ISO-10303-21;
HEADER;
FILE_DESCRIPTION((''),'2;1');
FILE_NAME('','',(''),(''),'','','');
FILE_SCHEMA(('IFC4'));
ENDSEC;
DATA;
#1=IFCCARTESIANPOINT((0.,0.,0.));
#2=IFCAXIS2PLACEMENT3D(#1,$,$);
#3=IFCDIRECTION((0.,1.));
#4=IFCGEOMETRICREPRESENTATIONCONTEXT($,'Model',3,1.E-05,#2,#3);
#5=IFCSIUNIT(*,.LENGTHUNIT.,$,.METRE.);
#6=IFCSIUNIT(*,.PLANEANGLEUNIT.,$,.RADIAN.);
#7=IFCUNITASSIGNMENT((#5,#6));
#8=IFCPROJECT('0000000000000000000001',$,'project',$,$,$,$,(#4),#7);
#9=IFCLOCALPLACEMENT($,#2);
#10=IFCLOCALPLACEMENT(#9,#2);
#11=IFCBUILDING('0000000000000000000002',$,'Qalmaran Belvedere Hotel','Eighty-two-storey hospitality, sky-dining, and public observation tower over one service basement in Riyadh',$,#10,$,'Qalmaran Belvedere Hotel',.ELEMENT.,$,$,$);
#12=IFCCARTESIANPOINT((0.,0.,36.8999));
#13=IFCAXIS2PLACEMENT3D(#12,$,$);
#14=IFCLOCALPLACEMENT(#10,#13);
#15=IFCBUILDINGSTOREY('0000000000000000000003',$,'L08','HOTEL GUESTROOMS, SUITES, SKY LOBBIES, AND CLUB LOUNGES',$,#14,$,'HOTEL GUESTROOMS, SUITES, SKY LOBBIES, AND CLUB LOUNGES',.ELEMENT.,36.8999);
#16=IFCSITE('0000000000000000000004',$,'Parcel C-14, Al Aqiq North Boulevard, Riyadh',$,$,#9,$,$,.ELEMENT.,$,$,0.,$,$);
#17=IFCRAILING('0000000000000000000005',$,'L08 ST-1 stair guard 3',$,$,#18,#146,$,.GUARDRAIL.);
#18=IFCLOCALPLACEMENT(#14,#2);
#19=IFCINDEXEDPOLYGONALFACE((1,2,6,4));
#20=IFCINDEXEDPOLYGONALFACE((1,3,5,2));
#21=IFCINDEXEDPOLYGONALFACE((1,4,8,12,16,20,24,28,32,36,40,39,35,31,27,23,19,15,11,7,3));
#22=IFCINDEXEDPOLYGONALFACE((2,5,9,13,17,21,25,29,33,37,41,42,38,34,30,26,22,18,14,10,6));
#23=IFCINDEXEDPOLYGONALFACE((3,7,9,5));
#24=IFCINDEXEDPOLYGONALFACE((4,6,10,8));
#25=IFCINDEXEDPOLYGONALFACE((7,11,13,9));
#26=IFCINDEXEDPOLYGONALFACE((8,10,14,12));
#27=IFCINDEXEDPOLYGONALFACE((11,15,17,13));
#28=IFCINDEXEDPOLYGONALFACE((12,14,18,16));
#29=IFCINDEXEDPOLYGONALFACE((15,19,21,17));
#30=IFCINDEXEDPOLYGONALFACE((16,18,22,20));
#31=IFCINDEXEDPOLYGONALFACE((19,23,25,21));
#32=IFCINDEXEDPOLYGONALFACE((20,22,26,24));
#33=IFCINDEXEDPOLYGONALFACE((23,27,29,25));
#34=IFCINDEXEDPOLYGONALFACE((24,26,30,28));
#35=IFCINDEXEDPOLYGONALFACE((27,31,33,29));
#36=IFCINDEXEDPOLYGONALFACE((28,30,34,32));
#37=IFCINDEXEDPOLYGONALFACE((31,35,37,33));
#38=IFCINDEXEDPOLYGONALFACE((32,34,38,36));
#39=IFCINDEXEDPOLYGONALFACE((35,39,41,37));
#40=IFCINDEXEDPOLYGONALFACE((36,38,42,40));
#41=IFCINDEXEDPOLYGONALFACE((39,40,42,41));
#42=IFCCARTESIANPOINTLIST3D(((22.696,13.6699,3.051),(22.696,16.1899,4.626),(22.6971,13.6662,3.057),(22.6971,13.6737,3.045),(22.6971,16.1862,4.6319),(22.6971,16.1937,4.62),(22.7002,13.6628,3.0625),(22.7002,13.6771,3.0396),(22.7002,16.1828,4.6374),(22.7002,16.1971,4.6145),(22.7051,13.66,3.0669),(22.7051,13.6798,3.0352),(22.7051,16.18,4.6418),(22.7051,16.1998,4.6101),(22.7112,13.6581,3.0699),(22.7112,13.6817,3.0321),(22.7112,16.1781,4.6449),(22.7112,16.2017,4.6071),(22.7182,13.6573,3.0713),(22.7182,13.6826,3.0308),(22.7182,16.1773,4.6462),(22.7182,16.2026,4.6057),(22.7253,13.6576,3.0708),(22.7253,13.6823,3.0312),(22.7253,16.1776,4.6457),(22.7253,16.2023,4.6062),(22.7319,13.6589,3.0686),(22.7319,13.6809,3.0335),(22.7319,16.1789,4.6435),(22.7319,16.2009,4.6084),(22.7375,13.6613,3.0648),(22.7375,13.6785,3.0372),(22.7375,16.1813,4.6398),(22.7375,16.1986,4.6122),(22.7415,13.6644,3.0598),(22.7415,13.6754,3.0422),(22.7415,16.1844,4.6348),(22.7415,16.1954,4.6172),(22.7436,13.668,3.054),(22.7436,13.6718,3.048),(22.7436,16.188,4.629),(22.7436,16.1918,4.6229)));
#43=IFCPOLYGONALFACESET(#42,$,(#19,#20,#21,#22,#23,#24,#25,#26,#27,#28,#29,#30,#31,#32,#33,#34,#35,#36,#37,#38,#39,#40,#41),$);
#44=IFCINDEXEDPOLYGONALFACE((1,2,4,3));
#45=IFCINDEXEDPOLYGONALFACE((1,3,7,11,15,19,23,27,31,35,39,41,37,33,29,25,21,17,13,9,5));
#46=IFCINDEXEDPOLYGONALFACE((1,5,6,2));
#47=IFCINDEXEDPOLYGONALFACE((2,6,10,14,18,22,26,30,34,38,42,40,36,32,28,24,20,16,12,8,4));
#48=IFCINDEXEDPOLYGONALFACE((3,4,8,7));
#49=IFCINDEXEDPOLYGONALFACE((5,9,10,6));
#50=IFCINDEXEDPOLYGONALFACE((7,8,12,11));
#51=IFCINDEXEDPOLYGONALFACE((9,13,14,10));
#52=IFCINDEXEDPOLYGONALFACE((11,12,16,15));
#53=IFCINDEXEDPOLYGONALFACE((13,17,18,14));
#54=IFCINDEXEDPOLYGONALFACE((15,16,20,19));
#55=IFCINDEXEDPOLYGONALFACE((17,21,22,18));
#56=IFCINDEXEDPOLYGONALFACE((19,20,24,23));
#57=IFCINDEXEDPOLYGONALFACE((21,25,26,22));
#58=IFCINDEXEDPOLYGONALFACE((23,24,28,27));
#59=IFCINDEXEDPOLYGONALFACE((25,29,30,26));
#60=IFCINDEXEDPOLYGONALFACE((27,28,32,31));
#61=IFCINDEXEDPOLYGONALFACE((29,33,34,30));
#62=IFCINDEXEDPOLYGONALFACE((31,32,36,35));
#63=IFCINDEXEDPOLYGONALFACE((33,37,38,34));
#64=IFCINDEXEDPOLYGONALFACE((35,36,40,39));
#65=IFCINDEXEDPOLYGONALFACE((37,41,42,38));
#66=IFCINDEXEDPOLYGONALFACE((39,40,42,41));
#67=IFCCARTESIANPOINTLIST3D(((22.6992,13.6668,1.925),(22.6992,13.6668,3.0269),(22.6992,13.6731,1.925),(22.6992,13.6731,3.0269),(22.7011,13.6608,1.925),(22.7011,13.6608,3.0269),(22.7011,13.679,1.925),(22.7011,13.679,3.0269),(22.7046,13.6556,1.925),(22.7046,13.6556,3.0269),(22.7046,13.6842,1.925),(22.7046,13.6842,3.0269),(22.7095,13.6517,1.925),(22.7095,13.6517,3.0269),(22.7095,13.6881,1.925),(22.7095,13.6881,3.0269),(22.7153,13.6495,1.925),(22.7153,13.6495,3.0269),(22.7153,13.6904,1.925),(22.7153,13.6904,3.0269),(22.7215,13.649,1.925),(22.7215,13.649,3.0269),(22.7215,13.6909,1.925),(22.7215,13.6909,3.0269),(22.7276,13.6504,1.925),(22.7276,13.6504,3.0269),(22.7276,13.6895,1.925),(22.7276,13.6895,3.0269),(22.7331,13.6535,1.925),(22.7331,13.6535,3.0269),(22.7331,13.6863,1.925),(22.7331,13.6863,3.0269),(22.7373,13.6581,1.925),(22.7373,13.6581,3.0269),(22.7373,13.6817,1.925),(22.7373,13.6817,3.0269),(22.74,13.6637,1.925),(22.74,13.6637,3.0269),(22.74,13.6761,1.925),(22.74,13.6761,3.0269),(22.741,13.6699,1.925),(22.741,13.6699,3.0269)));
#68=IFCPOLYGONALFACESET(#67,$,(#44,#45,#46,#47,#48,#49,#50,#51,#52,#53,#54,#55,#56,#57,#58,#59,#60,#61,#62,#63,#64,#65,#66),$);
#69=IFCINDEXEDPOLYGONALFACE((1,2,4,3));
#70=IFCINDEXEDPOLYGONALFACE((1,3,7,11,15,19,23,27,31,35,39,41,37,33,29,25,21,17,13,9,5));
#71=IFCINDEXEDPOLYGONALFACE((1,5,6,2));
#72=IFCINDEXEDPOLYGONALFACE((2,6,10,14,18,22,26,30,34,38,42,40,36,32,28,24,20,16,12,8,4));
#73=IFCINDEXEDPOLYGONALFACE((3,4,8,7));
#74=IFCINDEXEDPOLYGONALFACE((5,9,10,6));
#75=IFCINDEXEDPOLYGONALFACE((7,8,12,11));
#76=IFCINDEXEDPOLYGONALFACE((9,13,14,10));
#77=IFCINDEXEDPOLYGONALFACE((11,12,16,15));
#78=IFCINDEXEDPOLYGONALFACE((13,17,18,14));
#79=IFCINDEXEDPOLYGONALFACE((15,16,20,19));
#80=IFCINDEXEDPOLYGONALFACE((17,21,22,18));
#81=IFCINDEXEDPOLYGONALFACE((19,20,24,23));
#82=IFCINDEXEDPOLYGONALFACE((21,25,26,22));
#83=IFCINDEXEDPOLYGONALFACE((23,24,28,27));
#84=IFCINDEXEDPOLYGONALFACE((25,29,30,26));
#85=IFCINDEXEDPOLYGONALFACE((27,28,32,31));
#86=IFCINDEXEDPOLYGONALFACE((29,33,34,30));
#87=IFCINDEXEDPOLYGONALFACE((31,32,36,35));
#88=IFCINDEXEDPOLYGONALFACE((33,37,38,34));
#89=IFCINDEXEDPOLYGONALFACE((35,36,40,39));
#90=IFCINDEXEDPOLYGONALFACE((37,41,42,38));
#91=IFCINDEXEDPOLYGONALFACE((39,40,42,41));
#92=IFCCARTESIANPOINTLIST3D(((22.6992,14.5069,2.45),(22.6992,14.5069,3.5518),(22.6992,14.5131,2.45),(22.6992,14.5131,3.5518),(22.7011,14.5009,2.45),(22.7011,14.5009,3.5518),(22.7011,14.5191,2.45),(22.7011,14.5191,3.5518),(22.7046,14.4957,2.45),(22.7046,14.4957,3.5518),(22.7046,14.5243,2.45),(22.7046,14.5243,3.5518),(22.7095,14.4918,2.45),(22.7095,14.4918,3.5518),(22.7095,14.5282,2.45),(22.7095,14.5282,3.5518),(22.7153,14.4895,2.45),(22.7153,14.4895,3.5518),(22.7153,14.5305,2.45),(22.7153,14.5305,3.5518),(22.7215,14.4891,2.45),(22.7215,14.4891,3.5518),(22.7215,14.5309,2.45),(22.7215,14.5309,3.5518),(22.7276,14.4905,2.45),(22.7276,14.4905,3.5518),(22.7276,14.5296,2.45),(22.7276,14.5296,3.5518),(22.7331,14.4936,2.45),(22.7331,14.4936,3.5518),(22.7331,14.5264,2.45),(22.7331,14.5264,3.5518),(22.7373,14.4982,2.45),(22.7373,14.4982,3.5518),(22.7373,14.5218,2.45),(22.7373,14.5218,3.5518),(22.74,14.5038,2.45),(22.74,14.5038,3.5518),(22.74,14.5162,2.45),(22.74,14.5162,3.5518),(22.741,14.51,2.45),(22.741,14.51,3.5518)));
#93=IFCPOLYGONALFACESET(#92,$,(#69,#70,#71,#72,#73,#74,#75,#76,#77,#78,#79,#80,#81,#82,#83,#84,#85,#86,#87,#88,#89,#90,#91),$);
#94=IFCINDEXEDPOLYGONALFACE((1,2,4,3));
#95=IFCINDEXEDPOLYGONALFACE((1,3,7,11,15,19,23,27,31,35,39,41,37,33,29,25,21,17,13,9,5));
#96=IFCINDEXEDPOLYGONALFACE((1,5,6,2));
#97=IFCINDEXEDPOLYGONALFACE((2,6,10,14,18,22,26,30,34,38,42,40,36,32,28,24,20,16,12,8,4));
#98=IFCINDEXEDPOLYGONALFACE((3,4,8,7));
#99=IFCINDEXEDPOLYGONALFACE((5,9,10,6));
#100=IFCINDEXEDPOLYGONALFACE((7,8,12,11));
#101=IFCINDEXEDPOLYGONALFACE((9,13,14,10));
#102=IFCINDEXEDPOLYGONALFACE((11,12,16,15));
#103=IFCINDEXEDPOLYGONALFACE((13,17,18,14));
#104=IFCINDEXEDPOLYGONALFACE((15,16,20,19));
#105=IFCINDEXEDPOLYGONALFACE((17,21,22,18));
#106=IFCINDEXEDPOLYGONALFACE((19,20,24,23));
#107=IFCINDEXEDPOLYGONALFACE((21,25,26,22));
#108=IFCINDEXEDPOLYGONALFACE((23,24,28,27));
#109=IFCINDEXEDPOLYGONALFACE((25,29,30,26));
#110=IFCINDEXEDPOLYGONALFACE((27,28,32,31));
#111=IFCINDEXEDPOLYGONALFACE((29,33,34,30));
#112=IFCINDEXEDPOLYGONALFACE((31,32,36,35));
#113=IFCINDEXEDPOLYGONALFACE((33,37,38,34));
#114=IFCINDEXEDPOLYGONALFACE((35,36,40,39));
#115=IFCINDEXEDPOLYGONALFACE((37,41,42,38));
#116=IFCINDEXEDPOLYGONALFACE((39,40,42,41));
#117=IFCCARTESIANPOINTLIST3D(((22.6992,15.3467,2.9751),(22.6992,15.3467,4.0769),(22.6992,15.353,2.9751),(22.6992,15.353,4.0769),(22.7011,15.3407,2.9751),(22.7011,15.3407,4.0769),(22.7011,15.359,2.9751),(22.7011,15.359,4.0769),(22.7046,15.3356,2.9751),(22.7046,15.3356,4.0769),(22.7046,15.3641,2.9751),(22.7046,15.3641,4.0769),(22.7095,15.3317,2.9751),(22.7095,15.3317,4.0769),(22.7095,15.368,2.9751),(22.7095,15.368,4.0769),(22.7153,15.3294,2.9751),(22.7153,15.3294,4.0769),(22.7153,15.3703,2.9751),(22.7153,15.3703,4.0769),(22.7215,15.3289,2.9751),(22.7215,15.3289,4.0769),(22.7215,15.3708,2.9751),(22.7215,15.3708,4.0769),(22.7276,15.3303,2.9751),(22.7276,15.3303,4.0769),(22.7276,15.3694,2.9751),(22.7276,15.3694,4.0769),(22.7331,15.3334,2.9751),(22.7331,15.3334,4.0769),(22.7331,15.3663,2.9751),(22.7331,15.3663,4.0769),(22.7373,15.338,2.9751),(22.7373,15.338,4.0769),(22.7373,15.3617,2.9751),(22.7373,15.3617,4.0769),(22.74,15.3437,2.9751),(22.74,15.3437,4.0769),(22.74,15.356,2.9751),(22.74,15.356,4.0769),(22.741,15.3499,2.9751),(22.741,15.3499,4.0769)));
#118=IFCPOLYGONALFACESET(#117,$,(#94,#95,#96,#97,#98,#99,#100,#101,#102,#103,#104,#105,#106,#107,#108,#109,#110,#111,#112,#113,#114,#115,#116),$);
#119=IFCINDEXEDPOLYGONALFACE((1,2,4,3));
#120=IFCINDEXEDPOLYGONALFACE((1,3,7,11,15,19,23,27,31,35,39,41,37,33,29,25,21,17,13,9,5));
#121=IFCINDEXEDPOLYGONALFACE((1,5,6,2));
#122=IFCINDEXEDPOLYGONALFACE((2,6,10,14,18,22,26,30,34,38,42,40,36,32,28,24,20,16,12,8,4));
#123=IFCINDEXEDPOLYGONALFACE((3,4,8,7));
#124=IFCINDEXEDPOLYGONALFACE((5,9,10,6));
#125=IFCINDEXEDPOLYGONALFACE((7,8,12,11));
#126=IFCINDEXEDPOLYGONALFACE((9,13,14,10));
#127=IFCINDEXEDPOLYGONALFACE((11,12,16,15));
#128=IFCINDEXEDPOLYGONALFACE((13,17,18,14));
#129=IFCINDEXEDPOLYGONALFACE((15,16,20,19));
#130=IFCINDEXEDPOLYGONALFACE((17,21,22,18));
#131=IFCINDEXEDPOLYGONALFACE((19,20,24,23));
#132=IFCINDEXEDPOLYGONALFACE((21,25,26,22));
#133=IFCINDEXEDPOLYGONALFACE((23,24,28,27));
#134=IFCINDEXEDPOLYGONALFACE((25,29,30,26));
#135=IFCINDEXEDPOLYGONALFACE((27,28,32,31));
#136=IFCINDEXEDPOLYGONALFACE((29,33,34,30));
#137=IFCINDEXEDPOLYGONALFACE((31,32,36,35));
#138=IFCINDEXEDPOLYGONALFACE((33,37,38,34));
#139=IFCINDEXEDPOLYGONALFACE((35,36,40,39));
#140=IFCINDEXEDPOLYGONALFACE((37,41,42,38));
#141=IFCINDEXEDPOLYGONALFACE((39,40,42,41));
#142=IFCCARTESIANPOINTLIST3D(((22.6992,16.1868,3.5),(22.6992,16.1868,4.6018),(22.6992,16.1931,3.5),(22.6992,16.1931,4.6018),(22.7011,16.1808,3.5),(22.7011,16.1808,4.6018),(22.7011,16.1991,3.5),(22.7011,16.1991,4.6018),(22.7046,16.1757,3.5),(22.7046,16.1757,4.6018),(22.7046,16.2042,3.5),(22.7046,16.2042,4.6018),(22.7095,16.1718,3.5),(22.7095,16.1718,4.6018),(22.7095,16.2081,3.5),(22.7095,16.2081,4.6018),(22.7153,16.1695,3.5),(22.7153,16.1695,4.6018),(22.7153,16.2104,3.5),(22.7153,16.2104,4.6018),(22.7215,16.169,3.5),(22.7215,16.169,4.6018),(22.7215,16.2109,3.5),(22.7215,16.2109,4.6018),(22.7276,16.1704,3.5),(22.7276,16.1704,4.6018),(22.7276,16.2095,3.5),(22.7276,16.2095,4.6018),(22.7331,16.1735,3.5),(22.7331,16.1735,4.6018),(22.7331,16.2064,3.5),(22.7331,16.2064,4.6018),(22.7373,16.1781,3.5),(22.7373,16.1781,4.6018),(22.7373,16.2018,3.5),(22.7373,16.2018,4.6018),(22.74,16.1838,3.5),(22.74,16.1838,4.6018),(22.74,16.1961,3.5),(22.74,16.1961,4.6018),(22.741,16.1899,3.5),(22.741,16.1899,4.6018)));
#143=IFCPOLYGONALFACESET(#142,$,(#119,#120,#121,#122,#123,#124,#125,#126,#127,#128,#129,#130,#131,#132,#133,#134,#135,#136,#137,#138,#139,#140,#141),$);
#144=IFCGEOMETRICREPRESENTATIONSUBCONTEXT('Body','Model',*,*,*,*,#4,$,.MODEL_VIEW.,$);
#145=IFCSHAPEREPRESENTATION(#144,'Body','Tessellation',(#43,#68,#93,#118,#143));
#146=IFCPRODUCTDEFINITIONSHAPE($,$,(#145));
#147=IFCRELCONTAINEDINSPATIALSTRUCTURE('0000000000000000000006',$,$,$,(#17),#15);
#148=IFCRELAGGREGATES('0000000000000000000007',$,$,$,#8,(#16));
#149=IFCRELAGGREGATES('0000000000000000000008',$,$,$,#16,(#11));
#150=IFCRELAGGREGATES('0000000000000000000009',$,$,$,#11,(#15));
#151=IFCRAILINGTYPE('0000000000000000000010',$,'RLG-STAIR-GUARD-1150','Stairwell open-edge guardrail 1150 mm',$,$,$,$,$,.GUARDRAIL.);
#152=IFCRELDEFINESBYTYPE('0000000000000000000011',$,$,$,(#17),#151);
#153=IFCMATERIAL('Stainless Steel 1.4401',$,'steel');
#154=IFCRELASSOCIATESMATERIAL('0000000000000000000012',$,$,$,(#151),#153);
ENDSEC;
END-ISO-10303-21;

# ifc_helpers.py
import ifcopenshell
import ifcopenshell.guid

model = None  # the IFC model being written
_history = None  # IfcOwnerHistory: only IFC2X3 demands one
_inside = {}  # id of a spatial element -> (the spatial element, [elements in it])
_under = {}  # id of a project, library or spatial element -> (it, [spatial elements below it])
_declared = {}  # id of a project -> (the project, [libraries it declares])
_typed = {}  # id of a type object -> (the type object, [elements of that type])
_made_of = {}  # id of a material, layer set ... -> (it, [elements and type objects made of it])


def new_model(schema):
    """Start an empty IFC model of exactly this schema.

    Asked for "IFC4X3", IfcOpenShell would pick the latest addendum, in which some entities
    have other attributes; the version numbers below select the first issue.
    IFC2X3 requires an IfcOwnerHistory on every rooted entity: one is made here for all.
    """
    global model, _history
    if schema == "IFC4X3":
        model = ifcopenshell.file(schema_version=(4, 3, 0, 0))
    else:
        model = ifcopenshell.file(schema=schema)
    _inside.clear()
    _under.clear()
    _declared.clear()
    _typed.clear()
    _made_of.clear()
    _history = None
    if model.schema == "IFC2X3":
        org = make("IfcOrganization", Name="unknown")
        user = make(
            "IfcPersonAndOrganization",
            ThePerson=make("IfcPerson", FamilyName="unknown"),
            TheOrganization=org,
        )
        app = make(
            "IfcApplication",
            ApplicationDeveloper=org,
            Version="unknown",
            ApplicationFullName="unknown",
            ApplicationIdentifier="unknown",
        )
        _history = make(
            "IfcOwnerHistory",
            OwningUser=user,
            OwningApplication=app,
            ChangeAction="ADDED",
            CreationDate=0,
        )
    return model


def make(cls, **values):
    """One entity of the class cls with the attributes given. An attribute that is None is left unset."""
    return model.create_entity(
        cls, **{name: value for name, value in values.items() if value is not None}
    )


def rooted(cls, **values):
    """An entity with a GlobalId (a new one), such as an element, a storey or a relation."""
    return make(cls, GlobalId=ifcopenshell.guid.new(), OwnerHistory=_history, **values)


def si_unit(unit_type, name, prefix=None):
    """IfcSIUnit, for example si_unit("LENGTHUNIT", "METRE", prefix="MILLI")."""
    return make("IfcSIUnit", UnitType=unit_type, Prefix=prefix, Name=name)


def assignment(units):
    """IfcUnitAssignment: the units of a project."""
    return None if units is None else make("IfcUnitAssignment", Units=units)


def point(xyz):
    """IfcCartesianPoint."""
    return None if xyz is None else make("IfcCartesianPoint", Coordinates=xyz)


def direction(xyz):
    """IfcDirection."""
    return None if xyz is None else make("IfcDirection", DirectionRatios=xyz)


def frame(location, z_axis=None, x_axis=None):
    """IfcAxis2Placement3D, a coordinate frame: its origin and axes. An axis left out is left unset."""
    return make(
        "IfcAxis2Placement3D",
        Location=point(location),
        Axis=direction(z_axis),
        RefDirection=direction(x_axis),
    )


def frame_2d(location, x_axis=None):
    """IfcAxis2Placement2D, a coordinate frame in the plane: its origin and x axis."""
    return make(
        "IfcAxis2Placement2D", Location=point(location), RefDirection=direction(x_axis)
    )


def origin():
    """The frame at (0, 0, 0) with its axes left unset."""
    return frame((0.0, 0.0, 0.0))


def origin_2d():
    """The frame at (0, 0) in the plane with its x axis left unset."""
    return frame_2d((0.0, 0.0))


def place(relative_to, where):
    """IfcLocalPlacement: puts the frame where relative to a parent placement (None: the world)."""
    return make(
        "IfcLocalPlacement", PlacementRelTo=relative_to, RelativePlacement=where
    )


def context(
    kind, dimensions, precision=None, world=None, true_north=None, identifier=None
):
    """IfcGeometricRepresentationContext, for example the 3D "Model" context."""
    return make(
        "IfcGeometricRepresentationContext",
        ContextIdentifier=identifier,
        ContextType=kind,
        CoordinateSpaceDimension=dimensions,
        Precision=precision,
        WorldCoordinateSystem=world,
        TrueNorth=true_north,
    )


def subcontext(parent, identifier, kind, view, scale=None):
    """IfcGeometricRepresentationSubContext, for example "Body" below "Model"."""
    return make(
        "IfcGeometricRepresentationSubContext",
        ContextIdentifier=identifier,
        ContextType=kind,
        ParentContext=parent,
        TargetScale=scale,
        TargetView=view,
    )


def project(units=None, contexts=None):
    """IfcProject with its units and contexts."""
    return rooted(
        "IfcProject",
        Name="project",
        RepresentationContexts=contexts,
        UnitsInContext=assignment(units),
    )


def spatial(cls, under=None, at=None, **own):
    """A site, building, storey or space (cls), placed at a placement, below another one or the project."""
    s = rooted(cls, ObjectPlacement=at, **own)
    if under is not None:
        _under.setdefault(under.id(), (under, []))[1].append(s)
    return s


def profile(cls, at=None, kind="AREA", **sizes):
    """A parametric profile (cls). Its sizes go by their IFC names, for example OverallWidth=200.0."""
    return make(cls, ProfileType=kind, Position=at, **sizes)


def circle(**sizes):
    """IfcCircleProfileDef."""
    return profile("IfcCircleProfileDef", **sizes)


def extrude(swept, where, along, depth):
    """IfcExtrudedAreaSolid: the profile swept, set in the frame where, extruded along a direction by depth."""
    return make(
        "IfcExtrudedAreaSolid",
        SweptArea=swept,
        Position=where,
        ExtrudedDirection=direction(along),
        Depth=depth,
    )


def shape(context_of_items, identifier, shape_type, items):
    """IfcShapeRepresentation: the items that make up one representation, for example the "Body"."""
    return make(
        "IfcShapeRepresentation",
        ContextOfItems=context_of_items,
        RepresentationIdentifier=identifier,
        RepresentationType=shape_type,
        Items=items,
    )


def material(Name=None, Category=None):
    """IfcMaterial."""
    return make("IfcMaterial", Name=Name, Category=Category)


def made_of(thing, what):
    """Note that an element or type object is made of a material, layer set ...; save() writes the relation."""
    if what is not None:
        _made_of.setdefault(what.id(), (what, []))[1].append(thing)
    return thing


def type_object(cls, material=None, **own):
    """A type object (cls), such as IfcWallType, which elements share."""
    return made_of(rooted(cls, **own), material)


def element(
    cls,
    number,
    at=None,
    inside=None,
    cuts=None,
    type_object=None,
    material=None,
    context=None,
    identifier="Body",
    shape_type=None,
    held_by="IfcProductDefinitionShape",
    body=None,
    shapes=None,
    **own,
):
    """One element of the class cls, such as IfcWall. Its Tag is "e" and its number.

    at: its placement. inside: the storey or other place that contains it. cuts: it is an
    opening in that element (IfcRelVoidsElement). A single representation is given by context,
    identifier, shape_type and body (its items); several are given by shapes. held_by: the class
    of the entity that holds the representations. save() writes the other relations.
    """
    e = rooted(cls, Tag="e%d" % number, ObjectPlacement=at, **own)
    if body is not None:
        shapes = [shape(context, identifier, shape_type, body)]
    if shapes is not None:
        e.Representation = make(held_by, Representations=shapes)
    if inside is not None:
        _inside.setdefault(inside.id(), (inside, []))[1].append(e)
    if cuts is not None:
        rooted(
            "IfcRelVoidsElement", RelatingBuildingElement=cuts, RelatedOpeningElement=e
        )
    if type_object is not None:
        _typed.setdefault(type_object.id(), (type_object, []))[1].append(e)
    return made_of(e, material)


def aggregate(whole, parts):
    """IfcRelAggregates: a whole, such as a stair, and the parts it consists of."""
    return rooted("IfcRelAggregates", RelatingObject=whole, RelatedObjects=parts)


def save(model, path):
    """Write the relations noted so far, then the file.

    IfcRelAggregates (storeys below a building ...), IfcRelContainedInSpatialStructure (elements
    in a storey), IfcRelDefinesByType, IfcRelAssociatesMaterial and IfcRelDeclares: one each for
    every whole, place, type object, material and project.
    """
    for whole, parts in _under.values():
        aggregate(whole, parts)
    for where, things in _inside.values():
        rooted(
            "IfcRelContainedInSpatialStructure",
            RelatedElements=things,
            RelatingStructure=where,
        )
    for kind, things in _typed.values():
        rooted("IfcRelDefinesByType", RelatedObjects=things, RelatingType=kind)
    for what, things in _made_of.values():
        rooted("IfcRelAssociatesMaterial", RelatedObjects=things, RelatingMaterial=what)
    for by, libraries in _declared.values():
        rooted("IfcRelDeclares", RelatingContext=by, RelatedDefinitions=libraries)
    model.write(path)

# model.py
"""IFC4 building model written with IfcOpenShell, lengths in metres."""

from ifc_helpers import new_model, si_unit, direction, frame, origin, origin_2d, place, context, subcontext, project, spatial, circle, extrude, material, type_object, element, save


model = new_model("IFC4")

# Units and contexts
model_context = context("Model", 3, precision=1e-05, world=origin(), true_north=direction((0.0, 1.0)))
body_context = subcontext(model_context, "Body", "Model", "MODEL_VIEW")
ifc_project = project(units=[si_unit("LENGTHUNIT", "METRE"), si_unit("PLANEANGLEUNIT", "RADIAN")], contexts=[model_context])

# Site, building, storey
site_placement = place(None, origin())
site = spatial("IfcSite", under=ifc_project, at=site_placement, Name="Parcel C-14, Al Aqiq North Boulevard, Riyadh", CompositionType="ELEMENT", RefElevation=0.0)
building_placement = place(site_placement, origin())
building = spatial("IfcBuilding", under=site, at=building_placement, Name="Qalmaran Belvedere Hotel", Description="Eighty-two-storey hospitality, sky-dining, and public observation tower over one service basement in Riyadh", LongName="Qalmaran Belvedere Hotel", CompositionType="ELEMENT")
storey_placement = place(building_placement, frame((0.0, 0.0, 36.8999)))
storey = spatial("IfcBuildingStorey", under=building, at=storey_placement, Name="L08", Description="HOTEL GUESTROOMS, SUITES, SKY LOBBIES, AND CLUB LOUNGES", LongName="HOTEL GUESTROOMS, SUITES, SKY LOBBIES, AND CLUB LOUNGES", CompositionType="ELEMENT", Elevation=36.8999)

# Railing
ifc_material_1 = material(Name="Stainless Steel 1.4401", Category="steel")
railing_type_1 = type_object("IfcRailingType", Name="RLG-STAIR-GUARD-1150", Description="Stairwell open-edge guardrail 1150 mm", PredefinedType="GUARDRAIL", material=ifc_material_1)
railing_1_placement = place(storey_placement, frame((22.72, 13.6699, 1.925)))
element("IfcRailing", 1, at=railing_1_placement, inside=storey, type_object=railing_type_1, Name="L08 ST-1 stair guard 3", PredefinedType="GUARDRAIL", context=body_context, shape_type="SweptSolid", body=[
    extrude(circle(Radius=0.0239, at=origin_2d()), frame((0.0, 0.0, 1.126), z_axis=(0.0, 0.848008, 0.529984), x_axis=(-1.0, 0.0, 0.0)), (0.0, 0.0, 1.0), 2.9717),
    extrude(circle(Radius=0.021, at=origin_2d()), origin(), (0.0, 0.0, 1.0), 1.1018),
    extrude(circle(Radius=0.021, at=origin_2d()), frame((0.0, 0.8401, 0.5249)), (0.0, 0.0, 1.0), 1.1018),
    extrude(circle(Radius=0.021, at=origin_2d()), frame((0.0, 1.6799, 1.05)), (0.0, 0.0, 1.0), 1.1018),
    extrude(circle(Radius=0.021, at=origin_2d()), frame((0.0, 2.52, 1.575)), (0.0, 0.0, 1.0), 1.1018),
])

save(model, "model.ifc")
